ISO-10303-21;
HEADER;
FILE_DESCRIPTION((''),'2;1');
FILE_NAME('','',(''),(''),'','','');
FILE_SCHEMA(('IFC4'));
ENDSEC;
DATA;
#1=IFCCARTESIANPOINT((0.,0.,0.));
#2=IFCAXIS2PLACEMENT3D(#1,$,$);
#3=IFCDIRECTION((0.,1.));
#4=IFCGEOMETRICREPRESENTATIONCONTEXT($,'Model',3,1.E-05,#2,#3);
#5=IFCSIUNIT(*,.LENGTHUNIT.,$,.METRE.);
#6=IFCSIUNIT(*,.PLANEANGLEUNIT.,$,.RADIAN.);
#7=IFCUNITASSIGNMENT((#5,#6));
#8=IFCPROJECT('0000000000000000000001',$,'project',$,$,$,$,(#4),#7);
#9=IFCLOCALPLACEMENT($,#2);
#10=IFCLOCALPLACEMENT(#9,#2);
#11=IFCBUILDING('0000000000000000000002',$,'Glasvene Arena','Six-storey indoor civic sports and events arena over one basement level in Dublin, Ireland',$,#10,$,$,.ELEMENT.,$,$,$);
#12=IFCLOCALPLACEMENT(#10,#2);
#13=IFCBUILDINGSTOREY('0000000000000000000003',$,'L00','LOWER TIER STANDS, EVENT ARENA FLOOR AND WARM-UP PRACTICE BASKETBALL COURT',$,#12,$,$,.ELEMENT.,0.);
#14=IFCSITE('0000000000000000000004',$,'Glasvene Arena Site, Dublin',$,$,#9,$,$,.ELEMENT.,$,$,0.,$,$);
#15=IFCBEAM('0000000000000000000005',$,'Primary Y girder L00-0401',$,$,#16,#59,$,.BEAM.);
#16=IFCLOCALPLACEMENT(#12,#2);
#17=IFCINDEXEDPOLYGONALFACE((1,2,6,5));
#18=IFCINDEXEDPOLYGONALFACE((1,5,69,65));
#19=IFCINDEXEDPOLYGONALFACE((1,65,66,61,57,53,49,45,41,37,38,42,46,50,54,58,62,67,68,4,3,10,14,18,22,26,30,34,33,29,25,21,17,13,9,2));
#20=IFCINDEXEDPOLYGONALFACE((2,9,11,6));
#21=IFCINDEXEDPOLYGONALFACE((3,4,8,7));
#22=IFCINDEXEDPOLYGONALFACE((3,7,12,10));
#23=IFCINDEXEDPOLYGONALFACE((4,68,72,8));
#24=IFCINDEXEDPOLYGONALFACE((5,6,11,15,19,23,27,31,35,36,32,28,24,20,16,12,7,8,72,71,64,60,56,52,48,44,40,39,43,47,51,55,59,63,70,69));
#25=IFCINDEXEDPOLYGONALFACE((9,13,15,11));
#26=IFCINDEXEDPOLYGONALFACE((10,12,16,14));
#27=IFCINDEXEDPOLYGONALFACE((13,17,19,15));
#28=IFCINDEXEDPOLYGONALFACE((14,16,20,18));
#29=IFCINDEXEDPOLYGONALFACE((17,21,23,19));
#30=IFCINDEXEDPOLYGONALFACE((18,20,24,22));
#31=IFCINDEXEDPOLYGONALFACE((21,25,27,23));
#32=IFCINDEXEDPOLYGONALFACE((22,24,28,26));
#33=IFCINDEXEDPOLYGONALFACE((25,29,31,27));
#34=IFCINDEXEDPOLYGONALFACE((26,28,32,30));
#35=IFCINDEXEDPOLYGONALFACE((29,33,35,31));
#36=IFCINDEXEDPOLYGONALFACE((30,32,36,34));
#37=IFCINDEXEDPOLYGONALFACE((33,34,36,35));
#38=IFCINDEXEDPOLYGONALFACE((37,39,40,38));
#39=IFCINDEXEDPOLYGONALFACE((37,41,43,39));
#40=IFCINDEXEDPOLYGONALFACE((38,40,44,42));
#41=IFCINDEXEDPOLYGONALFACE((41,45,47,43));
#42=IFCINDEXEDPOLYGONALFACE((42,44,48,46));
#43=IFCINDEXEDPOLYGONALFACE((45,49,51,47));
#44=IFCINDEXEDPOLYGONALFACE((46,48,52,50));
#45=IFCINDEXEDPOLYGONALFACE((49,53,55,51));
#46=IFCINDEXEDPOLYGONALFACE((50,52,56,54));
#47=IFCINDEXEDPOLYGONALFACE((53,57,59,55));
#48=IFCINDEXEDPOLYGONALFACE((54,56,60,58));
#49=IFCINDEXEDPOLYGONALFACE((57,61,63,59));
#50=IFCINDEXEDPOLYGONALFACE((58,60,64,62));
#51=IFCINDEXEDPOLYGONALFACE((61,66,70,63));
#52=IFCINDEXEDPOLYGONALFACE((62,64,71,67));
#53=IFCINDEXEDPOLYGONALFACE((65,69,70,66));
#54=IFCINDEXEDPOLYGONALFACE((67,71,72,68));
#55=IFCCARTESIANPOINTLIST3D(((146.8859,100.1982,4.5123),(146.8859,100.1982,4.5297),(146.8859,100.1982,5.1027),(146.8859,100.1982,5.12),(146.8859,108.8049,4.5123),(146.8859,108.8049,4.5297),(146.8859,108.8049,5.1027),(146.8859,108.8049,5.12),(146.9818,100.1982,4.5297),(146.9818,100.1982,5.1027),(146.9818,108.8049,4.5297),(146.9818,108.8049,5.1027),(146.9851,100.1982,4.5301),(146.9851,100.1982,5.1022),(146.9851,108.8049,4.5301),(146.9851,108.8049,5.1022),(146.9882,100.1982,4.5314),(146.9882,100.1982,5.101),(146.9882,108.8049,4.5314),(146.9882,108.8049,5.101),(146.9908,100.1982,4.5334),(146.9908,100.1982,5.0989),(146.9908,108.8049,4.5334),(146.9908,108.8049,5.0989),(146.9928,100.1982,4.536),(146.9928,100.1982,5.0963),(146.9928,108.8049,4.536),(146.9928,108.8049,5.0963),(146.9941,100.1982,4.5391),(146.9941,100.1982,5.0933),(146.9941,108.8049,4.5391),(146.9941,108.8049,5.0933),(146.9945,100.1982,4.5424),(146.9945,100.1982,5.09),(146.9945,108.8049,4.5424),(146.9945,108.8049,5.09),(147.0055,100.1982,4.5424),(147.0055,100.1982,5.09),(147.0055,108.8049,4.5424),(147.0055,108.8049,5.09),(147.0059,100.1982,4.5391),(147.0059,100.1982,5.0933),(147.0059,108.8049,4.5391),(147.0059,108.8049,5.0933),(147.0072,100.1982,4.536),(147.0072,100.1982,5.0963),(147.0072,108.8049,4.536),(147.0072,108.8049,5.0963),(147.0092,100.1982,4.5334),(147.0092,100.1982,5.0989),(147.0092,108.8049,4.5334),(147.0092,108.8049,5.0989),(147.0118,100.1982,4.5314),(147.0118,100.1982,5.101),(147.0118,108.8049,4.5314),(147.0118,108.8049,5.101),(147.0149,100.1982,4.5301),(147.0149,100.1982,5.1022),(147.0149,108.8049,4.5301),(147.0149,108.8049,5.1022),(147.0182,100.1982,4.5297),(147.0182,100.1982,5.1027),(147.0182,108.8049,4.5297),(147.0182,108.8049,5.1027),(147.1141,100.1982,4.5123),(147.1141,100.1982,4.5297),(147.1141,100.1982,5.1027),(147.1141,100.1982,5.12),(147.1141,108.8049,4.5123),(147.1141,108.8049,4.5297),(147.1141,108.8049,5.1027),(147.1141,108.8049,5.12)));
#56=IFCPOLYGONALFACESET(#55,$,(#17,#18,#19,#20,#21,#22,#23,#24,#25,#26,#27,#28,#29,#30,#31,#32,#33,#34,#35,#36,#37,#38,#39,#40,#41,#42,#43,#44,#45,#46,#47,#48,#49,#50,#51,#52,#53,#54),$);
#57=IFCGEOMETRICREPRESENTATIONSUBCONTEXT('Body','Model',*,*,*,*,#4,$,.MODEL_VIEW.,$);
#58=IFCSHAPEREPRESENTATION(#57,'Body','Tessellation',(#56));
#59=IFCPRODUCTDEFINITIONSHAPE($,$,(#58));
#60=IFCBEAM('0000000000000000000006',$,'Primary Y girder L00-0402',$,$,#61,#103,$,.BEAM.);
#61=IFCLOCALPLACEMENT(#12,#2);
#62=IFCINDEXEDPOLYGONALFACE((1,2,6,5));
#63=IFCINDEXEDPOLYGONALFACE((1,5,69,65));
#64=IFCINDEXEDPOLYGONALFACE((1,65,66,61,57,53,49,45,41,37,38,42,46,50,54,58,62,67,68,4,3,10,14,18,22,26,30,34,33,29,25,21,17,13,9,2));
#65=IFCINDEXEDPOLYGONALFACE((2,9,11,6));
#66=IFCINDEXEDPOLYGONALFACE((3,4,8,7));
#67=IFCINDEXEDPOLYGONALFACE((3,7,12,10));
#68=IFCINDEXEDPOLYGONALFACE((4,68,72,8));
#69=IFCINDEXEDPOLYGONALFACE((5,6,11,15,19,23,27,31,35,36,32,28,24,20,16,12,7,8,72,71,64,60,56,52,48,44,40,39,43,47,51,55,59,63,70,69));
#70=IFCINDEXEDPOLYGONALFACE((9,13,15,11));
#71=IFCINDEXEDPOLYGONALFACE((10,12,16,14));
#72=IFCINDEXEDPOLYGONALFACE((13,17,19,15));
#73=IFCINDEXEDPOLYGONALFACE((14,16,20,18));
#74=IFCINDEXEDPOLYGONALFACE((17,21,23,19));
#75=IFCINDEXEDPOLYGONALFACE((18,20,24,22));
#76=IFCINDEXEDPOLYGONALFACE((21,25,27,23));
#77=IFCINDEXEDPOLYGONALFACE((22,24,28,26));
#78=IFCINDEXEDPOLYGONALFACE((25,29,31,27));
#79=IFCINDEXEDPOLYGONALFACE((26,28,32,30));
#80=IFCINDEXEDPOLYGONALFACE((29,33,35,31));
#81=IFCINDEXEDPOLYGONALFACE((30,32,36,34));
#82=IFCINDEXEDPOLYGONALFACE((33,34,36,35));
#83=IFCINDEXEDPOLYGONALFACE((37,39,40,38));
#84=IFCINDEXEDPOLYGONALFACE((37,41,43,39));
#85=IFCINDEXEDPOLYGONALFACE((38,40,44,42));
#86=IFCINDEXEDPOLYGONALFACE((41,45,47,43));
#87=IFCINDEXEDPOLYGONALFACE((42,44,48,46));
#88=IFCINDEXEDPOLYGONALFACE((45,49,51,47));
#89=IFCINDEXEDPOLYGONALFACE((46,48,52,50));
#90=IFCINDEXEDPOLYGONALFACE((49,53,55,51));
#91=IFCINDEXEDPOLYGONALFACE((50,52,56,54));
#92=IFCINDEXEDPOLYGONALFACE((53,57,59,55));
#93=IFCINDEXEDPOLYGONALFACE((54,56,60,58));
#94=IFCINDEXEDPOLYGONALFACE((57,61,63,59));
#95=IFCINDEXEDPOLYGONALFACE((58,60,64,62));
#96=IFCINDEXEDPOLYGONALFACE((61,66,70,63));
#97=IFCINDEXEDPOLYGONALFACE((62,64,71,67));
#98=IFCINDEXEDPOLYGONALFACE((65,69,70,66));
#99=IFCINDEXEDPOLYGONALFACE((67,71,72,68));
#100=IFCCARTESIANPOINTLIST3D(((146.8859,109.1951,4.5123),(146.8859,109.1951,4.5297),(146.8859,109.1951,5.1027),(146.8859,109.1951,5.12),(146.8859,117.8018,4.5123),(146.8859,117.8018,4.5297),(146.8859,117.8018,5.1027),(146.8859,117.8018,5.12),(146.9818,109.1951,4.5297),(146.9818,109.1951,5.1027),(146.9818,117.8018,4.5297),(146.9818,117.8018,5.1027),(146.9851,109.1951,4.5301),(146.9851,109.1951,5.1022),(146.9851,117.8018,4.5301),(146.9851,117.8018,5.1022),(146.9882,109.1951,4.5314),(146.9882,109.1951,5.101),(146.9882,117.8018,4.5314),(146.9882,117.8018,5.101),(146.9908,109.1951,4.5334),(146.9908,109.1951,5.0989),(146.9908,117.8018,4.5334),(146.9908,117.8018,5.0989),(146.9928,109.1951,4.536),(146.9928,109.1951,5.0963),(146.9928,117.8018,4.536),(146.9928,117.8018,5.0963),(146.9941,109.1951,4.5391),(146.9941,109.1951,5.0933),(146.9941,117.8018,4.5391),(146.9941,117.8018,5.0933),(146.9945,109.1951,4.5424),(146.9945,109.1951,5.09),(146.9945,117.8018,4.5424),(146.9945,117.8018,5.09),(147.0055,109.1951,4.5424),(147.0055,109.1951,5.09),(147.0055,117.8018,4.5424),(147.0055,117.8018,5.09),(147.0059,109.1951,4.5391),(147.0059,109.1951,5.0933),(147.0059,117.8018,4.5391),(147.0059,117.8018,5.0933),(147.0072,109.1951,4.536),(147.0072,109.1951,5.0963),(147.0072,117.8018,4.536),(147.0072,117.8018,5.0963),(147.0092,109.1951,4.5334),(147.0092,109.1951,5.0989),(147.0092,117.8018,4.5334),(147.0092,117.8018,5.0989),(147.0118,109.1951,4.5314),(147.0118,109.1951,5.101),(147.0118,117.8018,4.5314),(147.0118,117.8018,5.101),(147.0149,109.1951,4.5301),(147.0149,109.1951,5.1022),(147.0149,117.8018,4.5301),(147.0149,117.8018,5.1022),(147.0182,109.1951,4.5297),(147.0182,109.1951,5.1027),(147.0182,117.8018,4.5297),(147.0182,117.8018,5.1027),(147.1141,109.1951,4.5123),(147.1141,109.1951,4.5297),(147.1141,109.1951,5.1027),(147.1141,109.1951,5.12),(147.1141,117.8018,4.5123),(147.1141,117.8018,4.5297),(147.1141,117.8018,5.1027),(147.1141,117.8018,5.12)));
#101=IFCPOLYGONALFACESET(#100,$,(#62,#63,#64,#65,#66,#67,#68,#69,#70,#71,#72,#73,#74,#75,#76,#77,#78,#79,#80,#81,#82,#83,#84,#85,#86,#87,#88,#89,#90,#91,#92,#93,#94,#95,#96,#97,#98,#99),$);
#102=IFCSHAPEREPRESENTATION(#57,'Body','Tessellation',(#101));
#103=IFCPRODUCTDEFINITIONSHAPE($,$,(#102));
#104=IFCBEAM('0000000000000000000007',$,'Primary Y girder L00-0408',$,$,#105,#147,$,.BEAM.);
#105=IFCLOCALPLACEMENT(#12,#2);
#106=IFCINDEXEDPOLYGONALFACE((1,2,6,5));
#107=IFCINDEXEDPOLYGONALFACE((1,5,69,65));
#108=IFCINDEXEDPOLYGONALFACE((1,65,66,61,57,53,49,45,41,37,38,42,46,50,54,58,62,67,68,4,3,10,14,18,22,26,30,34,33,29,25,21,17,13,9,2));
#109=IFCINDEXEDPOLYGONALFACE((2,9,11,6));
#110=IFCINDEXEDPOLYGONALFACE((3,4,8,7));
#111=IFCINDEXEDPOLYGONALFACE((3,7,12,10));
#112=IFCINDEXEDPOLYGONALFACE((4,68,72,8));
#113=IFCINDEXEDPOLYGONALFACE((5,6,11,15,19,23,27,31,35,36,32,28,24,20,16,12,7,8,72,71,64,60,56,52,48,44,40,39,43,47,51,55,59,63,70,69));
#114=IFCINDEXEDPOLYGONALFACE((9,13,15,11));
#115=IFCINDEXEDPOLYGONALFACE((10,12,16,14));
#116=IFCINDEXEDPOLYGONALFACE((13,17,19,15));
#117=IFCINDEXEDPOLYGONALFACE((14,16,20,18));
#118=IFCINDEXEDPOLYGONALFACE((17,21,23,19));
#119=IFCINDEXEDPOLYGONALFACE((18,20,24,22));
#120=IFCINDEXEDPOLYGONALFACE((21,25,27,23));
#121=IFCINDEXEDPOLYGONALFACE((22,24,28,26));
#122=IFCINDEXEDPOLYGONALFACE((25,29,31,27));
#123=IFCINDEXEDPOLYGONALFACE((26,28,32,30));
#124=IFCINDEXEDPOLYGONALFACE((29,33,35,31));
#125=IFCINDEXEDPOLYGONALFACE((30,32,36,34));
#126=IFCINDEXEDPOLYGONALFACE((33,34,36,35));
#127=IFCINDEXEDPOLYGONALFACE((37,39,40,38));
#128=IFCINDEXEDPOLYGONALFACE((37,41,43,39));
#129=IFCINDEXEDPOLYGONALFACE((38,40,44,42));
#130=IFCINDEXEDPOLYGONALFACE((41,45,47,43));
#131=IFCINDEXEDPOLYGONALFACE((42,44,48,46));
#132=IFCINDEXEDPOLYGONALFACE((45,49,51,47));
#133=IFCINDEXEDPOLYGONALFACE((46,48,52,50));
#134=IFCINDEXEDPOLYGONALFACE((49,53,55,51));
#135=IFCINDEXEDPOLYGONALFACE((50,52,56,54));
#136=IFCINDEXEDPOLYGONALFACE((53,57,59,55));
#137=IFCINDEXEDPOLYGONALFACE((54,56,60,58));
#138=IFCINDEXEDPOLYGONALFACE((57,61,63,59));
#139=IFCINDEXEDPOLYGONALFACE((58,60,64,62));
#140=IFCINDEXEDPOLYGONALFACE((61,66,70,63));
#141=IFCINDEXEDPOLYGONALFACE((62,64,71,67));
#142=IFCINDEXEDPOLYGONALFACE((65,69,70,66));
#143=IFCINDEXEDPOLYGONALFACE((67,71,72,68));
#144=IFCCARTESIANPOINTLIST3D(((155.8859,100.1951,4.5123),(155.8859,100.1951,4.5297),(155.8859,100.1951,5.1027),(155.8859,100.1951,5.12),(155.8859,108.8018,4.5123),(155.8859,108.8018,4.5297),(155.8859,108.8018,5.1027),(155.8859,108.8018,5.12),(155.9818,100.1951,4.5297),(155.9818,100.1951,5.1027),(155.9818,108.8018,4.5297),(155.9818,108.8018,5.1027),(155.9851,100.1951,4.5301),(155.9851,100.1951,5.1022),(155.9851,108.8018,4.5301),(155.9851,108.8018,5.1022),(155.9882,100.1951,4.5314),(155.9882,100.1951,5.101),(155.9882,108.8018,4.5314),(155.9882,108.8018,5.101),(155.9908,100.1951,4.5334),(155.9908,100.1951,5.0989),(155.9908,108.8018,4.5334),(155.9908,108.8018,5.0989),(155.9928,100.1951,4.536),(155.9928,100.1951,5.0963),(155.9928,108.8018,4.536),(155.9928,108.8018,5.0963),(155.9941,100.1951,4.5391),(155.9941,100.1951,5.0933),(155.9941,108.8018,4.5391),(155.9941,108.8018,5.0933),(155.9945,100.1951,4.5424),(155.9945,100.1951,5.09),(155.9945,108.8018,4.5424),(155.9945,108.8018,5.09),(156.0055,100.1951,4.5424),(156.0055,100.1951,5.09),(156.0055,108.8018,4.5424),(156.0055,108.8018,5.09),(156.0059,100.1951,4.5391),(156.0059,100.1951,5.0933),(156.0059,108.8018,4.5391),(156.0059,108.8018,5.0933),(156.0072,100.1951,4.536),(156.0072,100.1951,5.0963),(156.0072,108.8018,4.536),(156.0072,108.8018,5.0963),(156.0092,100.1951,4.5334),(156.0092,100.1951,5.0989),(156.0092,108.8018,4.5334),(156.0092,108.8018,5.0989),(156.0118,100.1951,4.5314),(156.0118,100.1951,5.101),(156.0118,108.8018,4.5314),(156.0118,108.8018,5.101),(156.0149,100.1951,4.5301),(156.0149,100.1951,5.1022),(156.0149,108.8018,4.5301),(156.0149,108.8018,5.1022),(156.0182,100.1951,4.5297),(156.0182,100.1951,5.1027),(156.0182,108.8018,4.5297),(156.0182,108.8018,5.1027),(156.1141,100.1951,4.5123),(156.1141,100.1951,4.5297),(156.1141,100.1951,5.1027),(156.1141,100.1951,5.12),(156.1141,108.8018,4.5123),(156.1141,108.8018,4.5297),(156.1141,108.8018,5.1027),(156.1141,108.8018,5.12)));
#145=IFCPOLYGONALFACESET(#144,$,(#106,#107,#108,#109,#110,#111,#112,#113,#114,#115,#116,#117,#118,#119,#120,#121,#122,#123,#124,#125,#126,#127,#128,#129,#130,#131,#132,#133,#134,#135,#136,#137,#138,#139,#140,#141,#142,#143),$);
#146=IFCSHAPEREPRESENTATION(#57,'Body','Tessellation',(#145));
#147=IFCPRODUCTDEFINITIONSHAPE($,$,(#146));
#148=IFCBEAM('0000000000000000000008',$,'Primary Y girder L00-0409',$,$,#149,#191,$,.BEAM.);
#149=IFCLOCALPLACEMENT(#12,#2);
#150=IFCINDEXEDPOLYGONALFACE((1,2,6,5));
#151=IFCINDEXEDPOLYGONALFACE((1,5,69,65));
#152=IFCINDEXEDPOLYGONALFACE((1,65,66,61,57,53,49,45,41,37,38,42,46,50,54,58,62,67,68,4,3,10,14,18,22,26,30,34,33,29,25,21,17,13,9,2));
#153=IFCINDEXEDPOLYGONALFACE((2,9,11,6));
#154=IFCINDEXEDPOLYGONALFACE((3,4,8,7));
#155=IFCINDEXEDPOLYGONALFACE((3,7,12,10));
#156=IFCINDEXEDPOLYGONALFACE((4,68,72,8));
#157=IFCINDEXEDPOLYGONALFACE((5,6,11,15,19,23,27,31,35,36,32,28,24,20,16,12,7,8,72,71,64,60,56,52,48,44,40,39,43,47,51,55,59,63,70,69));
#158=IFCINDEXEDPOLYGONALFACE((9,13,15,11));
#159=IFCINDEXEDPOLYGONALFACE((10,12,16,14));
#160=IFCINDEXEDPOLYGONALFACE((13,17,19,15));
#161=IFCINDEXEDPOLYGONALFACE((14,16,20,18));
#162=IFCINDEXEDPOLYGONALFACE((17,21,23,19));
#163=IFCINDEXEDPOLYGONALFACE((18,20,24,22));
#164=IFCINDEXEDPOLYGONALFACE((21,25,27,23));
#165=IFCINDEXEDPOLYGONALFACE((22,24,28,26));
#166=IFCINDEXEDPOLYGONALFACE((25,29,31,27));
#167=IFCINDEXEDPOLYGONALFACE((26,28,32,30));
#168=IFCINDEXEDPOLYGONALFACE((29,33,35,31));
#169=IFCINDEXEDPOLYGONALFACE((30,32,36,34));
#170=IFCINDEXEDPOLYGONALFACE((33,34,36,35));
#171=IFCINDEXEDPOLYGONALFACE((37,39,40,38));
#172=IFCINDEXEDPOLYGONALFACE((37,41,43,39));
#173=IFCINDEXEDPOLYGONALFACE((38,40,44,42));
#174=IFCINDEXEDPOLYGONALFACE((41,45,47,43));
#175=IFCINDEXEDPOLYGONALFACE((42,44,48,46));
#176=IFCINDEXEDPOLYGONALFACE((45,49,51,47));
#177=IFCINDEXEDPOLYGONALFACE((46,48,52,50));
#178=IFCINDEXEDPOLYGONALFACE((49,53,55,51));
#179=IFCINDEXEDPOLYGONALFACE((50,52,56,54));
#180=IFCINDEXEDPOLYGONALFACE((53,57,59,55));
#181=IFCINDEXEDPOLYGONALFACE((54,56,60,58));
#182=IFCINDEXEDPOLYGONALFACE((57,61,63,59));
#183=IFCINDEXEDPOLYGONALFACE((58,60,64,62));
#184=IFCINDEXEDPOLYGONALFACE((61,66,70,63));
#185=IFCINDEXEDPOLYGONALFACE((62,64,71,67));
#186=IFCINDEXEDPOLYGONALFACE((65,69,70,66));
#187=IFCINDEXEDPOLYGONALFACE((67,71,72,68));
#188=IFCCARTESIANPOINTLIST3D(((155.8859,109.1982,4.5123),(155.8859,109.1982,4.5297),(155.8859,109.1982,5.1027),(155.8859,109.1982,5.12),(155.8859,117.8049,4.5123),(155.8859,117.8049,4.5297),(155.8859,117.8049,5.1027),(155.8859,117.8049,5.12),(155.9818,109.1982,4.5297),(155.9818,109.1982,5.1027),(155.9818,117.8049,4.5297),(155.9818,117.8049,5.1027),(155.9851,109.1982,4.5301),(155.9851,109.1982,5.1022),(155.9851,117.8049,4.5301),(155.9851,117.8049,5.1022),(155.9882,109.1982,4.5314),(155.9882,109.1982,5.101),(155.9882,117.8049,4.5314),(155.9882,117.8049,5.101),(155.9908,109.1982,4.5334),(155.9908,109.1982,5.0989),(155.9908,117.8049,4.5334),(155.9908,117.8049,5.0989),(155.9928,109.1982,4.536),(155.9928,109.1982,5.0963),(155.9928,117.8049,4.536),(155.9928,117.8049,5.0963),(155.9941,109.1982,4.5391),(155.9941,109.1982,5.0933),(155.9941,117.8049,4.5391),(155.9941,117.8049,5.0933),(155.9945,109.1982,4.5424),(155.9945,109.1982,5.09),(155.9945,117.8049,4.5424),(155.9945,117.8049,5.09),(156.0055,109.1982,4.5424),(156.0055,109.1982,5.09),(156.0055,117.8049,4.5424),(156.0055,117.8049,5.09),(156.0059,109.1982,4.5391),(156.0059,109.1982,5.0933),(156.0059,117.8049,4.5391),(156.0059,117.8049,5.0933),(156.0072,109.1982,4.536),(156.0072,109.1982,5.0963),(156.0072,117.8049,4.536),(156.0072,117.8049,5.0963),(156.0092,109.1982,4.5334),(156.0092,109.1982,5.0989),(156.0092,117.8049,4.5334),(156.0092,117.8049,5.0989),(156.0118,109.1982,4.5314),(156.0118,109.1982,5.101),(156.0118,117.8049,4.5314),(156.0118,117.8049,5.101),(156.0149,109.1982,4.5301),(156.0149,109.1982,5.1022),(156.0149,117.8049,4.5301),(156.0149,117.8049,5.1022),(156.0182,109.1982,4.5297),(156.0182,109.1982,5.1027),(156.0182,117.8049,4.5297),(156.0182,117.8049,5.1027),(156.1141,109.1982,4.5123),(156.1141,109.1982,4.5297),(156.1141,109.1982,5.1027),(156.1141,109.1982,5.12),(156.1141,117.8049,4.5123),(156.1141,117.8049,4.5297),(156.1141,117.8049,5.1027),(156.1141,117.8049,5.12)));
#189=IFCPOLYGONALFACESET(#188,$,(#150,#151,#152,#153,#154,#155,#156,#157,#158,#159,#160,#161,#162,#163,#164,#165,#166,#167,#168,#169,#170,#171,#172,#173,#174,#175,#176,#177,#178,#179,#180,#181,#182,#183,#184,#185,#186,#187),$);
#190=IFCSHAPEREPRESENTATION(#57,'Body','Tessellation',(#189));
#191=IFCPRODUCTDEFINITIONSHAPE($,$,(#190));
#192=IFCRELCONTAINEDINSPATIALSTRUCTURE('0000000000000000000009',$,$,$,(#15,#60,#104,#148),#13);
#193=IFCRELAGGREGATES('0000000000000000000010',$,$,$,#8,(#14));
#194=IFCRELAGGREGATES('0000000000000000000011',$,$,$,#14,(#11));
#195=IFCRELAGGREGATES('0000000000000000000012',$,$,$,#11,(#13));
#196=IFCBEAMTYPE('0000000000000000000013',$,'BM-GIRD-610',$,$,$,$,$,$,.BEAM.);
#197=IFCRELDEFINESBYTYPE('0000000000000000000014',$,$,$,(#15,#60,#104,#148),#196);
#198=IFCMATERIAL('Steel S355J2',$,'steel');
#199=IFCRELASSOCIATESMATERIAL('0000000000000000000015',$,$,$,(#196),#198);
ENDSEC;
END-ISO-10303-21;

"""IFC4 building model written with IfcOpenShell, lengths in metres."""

from ifc_helpers import new_model, si_unit, direction, frame, origin, origin_2d, place, context, subcontext, project, spatial, i_section, extrude, material, material_profile, profile_set, type_object, element, save


model = new_model("IFC4")

# Units and contexts
model_context = context("Model", 3, precision=1e-05, world=origin(), true_north=direction((0.0, 1.0)))
body_context = subcontext(model_context, "Body", "Model", "MODEL_VIEW")
ifc_project = project(units=[si_unit("LENGTHUNIT", "METRE"), si_unit("PLANEANGLEUNIT", "RADIAN")], contexts=[model_context])

# Site, building, storey
site_placement = place(None, origin())
site = spatial("IfcSite", under=ifc_project, at=site_placement, Name="Glasvene Arena Site, Dublin", CompositionType="ELEMENT", RefElevation=0.0)
building_placement = place(site_placement, origin())
building = spatial("IfcBuilding", under=site, at=building_placement, Name="Glasvene Arena", Description="Six-storey indoor civic sports and events arena over one basement level in Dublin, Ireland", CompositionType="ELEMENT")
storey_placement = place(building_placement, origin())
storey = spatial("IfcBuildingStorey", under=building, at=storey_placement, Name="L00", Description="LOWER TIER STANDS, EVENT ARENA FLOOR AND WARM-UP PRACTICE BASKETBALL COURT", CompositionType="ELEMENT", Elevation=0.0)

# Shared definitions
ifc_material_1 = material(Name="Steel S355J2", Category="steel")

# Beams
ifc_material_profile_1 = material_profile(ifc_material_1, i_section(OverallWidth=0.2283, OverallDepth=0.6077, WebThickness=0.011, FlangeThickness=0.0173, FilletRadius=0.0127, at=origin_2d()), Name="UKB 610x229x113")
ifc_profile_set_1 = profile_set([ifc_material_profile_1], Name="Steel S355J2")
beam_type_1 = type_object("IfcBeamType", Name="BM-GIRD-610", PredefinedType="BEAM", material=ifc_profile_set_1)
for number, where, z_axis, x_axis, name in (
    (1, (147.0, 100.1982, 4.8162), (0.0, 1.0, 0.0), (-1.0, 0.0, 0.0), "Primary Y girder L00-0401"),
    (2, (147.0, 109.1951, 4.8162), (0.0, 1.0, 0.0), (-1.0, 0.0, 0.0), "Primary Y girder L00-0402"),
    (3, (156.0, 100.1951, 4.8162), (0.0, 1.0, 0.0), (-1.0, 0.0, 0.0), "Primary Y girder L00-0408"),
    (4, (156.0, 109.1982, 4.8162), (0.0, 1.0, 0.0), (-1.0, 0.0, 0.0), "Primary Y girder L00-0409"),
):
    element("IfcBeam", number, at=place(storey_placement, frame(where, z_axis=z_axis, x_axis=x_axis)), inside=storey, type_object=beam_type_1, Name=name, PredefinedType="BEAM", context=body_context, shape_type="SweptSolid", body=[
        extrude(i_section(OverallWidth=0.2283, OverallDepth=0.6077, WebThickness=0.011, FlangeThickness=0.0173, FilletRadius=0.0127, at=origin_2d()), origin(), (0.0, 0.0, 1.0), 8.6067),
    ])

save(model, "model.ifc")
